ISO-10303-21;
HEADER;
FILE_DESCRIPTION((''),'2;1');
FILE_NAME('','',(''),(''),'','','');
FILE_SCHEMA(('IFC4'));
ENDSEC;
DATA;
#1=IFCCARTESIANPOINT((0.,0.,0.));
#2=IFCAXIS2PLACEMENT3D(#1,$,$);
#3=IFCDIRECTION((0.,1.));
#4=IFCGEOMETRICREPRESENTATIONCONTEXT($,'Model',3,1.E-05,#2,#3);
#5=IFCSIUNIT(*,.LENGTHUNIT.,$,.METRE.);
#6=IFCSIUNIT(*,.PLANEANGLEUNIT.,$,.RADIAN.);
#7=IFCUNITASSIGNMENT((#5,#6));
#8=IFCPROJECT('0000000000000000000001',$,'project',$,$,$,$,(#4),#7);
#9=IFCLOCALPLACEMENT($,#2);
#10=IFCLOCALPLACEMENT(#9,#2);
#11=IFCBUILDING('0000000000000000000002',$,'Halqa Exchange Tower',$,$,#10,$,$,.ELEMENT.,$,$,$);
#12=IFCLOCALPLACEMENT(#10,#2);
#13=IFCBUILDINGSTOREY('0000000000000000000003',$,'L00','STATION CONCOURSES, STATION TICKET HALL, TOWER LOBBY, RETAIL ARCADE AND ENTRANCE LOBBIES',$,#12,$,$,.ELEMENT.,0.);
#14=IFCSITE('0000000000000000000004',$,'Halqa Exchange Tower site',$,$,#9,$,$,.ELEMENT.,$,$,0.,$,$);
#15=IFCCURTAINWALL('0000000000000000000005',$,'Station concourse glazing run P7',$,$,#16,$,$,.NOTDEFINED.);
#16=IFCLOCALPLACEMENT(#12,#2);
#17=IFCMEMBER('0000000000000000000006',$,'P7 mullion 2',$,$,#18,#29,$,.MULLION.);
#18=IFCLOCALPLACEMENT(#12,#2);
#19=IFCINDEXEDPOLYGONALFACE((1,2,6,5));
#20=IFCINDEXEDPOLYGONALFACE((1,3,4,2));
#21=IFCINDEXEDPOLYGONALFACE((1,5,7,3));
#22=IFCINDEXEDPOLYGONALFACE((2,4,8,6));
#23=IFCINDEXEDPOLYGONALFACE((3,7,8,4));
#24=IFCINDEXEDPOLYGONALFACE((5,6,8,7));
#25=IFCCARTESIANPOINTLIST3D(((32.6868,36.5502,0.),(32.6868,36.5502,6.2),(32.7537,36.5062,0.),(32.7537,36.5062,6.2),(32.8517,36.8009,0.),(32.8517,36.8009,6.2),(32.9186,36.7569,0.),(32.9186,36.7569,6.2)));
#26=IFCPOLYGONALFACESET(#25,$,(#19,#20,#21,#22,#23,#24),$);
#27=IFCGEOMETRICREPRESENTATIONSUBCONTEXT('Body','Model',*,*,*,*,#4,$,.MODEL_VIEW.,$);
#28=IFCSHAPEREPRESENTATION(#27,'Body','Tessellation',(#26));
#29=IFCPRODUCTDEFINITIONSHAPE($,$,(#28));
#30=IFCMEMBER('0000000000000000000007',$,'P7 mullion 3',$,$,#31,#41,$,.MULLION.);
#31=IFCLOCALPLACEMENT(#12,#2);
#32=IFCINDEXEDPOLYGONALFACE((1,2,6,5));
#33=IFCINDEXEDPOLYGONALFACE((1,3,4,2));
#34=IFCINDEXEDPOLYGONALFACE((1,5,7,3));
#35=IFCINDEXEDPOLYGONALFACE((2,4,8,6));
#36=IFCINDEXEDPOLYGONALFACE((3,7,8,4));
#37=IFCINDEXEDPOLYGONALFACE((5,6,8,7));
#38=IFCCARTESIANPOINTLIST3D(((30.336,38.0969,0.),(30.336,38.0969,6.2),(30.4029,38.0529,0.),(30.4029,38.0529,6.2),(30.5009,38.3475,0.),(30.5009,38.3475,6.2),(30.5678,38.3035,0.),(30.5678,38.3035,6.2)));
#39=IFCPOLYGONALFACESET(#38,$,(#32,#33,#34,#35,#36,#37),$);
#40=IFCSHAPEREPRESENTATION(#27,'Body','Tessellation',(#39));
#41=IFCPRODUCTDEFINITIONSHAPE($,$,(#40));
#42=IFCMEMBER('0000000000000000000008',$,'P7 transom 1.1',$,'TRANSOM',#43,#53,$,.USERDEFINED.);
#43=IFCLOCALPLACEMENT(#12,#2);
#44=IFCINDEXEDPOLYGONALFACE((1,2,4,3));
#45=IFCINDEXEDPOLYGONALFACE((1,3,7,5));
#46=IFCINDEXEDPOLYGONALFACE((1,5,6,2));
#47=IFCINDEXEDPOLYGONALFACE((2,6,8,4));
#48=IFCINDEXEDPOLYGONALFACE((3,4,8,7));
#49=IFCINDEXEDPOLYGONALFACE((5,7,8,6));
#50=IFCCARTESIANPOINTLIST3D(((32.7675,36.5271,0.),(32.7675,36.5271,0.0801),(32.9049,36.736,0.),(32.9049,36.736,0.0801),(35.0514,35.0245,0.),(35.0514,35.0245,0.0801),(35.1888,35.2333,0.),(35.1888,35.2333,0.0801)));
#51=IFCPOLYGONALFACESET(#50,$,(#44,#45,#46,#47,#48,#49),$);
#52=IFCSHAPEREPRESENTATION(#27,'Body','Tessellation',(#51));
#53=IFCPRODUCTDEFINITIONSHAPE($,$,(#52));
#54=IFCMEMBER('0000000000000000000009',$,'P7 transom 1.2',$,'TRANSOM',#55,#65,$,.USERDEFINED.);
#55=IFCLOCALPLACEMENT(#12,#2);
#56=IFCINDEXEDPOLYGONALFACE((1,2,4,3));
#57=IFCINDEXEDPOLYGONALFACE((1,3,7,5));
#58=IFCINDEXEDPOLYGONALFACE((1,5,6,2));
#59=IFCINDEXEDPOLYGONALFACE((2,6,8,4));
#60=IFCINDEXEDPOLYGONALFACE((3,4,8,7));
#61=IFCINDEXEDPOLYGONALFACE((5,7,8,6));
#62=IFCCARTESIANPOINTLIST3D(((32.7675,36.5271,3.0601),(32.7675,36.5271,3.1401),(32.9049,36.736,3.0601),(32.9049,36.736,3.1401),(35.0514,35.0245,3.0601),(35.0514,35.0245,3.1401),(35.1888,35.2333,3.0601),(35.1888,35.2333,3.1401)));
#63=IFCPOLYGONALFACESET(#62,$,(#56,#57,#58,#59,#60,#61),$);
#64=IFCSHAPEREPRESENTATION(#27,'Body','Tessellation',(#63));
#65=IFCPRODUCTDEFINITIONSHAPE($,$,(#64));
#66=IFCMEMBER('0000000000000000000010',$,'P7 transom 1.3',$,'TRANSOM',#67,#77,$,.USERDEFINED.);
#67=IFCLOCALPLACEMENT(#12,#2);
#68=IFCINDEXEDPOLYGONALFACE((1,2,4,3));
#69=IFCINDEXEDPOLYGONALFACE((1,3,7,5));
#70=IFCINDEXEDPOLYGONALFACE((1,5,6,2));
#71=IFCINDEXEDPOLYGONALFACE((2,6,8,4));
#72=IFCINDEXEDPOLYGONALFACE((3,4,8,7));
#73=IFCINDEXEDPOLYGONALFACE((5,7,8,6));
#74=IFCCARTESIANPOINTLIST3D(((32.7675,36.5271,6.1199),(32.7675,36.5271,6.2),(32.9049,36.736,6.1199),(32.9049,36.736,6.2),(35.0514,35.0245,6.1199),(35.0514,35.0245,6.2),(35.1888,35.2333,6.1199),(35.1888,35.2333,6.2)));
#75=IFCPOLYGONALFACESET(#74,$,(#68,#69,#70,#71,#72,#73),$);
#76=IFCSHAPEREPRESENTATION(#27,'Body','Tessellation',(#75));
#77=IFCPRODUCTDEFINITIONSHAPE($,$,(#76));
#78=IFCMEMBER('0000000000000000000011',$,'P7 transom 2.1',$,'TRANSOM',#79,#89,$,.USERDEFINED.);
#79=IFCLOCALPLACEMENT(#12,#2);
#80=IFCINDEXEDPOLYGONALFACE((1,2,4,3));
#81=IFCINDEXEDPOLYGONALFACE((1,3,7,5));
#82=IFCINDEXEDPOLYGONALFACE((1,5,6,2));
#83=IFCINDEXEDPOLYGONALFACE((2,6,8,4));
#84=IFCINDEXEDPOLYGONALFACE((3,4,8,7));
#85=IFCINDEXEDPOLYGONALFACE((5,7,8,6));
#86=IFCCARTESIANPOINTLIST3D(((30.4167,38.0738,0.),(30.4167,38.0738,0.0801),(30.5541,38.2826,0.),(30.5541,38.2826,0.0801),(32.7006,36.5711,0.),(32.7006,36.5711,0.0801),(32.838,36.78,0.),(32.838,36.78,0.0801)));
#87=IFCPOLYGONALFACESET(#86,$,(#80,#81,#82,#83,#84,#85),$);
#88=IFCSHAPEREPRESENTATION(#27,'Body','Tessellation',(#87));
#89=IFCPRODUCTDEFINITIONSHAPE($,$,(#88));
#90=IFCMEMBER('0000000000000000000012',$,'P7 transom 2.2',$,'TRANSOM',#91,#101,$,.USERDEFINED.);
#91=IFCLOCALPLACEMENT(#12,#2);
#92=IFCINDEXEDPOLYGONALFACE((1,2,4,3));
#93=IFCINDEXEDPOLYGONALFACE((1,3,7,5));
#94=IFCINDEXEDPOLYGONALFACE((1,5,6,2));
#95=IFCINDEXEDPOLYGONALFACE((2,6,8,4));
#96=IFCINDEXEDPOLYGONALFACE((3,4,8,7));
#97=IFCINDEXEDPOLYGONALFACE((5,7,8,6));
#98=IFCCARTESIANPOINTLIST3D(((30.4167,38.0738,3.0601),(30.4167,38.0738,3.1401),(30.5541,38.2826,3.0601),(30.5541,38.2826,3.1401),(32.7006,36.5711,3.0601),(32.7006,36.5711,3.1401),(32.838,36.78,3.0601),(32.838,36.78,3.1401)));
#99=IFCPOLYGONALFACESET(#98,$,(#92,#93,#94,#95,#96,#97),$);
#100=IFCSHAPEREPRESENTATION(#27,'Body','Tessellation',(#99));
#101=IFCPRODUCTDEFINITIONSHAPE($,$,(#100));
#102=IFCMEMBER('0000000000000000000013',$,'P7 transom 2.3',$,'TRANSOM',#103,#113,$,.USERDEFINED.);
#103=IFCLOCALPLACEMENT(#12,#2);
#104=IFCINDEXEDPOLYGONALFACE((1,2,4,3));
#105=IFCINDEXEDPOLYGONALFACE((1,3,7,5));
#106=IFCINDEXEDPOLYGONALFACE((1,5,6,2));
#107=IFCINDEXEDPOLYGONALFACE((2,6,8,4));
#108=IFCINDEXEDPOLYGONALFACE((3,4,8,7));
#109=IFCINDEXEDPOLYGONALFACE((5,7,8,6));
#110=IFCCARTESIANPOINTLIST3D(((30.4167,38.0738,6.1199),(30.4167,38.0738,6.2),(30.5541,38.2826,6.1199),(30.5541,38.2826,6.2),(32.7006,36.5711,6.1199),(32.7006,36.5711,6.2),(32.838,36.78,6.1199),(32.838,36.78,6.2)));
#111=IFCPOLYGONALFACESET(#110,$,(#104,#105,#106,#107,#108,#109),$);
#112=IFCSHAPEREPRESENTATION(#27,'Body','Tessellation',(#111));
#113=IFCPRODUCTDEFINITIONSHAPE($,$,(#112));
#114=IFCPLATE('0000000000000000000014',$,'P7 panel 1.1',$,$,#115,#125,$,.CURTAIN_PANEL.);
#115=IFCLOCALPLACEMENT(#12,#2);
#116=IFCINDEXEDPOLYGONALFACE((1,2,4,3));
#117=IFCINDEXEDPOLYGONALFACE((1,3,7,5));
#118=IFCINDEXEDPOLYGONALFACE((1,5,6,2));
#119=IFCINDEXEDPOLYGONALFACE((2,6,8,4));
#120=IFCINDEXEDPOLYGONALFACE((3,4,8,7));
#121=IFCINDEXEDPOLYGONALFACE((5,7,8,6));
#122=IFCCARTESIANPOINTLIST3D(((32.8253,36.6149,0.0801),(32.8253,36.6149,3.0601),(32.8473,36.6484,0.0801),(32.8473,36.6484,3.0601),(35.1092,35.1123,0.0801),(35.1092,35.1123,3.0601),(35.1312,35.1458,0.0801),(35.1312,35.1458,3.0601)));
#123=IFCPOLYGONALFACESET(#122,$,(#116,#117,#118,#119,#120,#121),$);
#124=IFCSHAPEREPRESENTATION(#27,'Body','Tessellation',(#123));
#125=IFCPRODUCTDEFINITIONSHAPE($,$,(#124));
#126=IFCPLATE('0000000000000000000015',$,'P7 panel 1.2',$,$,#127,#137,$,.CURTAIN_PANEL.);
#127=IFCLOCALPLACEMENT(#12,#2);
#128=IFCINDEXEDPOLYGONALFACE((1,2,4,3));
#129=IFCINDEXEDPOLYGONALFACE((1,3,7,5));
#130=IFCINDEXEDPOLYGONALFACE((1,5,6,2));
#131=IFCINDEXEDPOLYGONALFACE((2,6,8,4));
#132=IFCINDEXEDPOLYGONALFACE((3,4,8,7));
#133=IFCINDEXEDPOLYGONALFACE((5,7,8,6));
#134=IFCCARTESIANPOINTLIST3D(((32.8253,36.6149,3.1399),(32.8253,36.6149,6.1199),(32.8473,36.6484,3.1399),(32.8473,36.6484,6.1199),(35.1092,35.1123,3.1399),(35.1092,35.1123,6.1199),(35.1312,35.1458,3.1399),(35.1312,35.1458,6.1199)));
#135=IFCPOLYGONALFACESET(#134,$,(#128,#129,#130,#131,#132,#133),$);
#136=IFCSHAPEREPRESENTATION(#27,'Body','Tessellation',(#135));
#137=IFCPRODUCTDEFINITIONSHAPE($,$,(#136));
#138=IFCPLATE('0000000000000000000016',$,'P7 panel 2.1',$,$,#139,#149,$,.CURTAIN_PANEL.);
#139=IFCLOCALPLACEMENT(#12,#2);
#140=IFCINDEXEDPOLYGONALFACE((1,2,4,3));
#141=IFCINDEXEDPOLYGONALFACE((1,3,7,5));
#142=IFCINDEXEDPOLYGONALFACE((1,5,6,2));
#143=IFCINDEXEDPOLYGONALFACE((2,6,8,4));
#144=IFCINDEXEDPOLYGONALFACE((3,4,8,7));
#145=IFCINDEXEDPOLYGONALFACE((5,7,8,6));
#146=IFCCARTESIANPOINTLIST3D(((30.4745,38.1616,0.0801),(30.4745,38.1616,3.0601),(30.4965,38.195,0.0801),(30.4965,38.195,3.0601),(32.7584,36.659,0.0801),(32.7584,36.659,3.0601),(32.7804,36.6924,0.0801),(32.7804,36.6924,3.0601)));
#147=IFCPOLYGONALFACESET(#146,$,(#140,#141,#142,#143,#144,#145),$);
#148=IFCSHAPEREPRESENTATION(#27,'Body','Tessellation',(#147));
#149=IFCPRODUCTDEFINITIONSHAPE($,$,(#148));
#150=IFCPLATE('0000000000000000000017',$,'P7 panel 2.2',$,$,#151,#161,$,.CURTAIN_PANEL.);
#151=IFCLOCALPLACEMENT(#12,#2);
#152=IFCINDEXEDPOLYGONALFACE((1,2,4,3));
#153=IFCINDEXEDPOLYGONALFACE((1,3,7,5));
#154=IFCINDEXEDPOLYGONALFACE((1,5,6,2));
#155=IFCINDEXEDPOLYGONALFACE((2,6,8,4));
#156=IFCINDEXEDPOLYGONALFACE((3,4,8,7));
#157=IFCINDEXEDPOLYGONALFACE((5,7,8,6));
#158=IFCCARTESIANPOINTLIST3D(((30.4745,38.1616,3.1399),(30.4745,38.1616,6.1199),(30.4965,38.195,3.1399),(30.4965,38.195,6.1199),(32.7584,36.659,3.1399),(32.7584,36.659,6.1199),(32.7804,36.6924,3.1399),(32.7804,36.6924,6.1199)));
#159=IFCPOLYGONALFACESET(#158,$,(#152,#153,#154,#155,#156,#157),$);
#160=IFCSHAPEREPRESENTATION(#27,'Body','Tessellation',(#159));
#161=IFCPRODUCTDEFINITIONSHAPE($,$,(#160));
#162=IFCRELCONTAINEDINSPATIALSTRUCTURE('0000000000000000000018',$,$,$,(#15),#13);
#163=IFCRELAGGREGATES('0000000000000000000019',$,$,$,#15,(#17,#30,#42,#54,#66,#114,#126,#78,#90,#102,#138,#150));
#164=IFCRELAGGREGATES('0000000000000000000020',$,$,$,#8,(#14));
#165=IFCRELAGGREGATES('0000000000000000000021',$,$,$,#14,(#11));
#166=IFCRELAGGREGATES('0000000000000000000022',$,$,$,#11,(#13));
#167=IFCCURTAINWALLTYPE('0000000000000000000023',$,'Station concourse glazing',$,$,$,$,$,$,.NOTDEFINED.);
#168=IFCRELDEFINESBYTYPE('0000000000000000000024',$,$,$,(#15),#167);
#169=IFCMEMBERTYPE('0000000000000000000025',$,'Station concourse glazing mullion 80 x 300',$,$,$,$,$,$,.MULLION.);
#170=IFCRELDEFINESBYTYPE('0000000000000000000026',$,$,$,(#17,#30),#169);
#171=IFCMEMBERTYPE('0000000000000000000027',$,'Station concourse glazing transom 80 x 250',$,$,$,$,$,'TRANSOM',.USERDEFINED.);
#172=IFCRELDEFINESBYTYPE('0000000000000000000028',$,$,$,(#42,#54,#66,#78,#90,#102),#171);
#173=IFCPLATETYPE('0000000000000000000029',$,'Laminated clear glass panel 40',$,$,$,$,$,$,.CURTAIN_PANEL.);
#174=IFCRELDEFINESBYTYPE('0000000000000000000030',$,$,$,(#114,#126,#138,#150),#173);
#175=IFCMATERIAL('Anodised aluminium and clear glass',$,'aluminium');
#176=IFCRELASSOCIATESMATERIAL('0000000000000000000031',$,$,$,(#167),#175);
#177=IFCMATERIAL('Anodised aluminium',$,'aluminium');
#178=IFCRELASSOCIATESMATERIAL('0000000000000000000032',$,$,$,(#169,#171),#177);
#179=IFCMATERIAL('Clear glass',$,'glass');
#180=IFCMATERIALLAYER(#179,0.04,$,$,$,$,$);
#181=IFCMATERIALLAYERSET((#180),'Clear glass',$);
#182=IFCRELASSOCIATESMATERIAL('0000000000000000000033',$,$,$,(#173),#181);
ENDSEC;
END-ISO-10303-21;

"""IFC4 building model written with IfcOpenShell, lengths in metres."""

from ifc_helpers import new_model, si_unit, direction, frame, origin, origin_2d, place, context, subcontext, project, spatial, rectangle, extrude, material, layer, layer_set, material_profile, profile_set, type_object, element, aggregate, save


model = new_model("IFC4")

# Units and contexts
model_context = context("Model", 3, precision=1e-05, world=origin(), true_north=direction((0.0, 1.0)))
body_context = subcontext(model_context, "Body", "Model", "MODEL_VIEW")
ifc_project = project(units=[si_unit("LENGTHUNIT", "METRE"), si_unit("PLANEANGLEUNIT", "RADIAN")], contexts=[model_context])

# Site, building, storey
site_placement = place(None, origin())
site = spatial("IfcSite", under=ifc_project, at=site_placement, Name="Halqa Exchange Tower site", CompositionType="ELEMENT", RefElevation=0.0)
building_placement = place(site_placement, origin())
building = spatial("IfcBuilding", under=site, at=building_placement, Name="Halqa Exchange Tower", CompositionType="ELEMENT")
storey_placement = place(building_placement, origin())
storey = spatial("IfcBuildingStorey", under=building, at=storey_placement, Name="L00", Description="STATION CONCOURSES, STATION TICKET HALL, TOWER LOBBY, RETAIL ARCADE AND ENTRANCE LOBBIES", CompositionType="ELEMENT", Elevation=0.0)

# Curtain wall, members, plates
ifc_material_1 = material(Name="Anodised aluminium and clear glass", Category="aluminium")
curtain_wall_type = type_object("IfcCurtainWallType", Name="Station concourse glazing", PredefinedType="NOTDEFINED", material=ifc_material_1)
curtain_wall_placement = place(storey_placement, origin())
curtain_wall = element("IfcCurtainWall", 1, at=curtain_wall_placement, inside=storey, type_object=curtain_wall_type, Name="Station concourse glazing run P7", PredefinedType="NOTDEFINED")
ifc_material_2 = material(Name="Anodised aluminium", Category="aluminium")
ifc_material_profile_1 = material_profile(ifc_material_2, rectangle(XDim=0.3, YDim=0.0801, at=origin_2d()), Name="AL 80x300")
ifc_profile_set_1 = profile_set([ifc_material_profile_1], Name="Anodised aluminium")
member_type_1 = type_object("IfcMemberType", Name="Station concourse glazing mullion 80 x 300", PredefinedType="MULLION", material=ifc_profile_set_1)
member_1_placement = place(storey_placement, frame((32.8027, 36.6536, 0.0), z_axis=(0.0, 0.0, 1.0), x_axis=(-0.54962, -0.835415, 0.0)))
member_1 = element("IfcMember", 2, at=member_1_placement, type_object=member_type_1, Name="P7 mullion 2", PredefinedType="MULLION", context=body_context, shape_type="SweptSolid", body=[
    extrude(rectangle(XDim=0.3, YDim=0.0801, at=origin_2d()), origin(), (0.0, 0.0, 1.0), 6.2),
])
member_2_placement = place(storey_placement, frame((30.4519, 38.2002, 0.0), z_axis=(0.0, 0.0, 1.0), x_axis=(-0.54962, -0.835415, 0.0)))
member_2 = element("IfcMember", 3, at=member_2_placement, type_object=member_type_1, Name="P7 mullion 3", PredefinedType="MULLION", context=body_context, shape_type="SweptSolid", body=[
    extrude(rectangle(XDim=0.3, YDim=0.0801, at=origin_2d()), origin(), (0.0, 0.0, 1.0), 6.2),
])
ifc_material_profile_2 = material_profile(ifc_material_2, rectangle(XDim=0.25, YDim=0.0801, at=origin_2d()), Name="AL 80x250")
ifc_profile_set_2 = profile_set([ifc_material_profile_2], Name="Anodised aluminium")
member_type_2 = type_object("IfcMemberType", Name="Station concourse glazing transom 80 x 250", ElementType="TRANSOM", PredefinedType="USERDEFINED", material=ifc_profile_set_2)
member_3_placement = place(storey_placement, frame((35.1201, 35.1289, 0.04), z_axis=(-0.835401, 0.549641, 0.0), x_axis=(-0.549641, -0.835401, 0.0)))
member_3 = element("IfcMember", 4, at=member_3_placement, type_object=member_type_2, Name="P7 transom 1.1", ObjectType="TRANSOM", PredefinedType="USERDEFINED", context=body_context, shape_type="SweptSolid", body=[
    extrude(rectangle(XDim=0.25, YDim=0.0801, at=origin_2d()), origin(), (0.0, 0.0, 1.0), 2.7339),
])
member_4_placement = place(storey_placement, frame((35.1201, 35.1289, 3.1001), z_axis=(-0.835401, 0.549641, 0.0), x_axis=(-0.549641, -0.835401, 0.0)))
member_4 = element("IfcMember", 5, at=member_4_placement, type_object=member_type_2, Name="P7 transom 1.2", ObjectType="TRANSOM", PredefinedType="USERDEFINED", context=body_context, shape_type="SweptSolid", body=[
    extrude(rectangle(XDim=0.25, YDim=0.0801, at=origin_2d()), origin(), (0.0, 0.0, 1.0), 2.7339),
])
member_5_placement = place(storey_placement, frame((35.1201, 35.1289, 6.1599), z_axis=(-0.835401, 0.549641, 0.0), x_axis=(-0.549641, -0.835401, 0.0)))
member_5 = element("IfcMember", 6, at=member_5_placement, type_object=member_type_2, Name="P7 transom 1.3", ObjectType="TRANSOM", PredefinedType="USERDEFINED", context=body_context, shape_type="SweptSolid", body=[
    extrude(rectangle(XDim=0.25, YDim=0.0801, at=origin_2d()), origin(), (0.0, 0.0, 1.0), 2.7339),
])
member_6_placement = place(storey_placement, frame((32.7693, 36.6755, 0.04), z_axis=(-0.835401, 0.549641, 0.0), x_axis=(-0.549641, -0.835401, 0.0)))
member_6 = element("IfcMember", 7, at=member_6_placement, type_object=member_type_2, Name="P7 transom 2.1", ObjectType="TRANSOM", PredefinedType="USERDEFINED", context=body_context, shape_type="SweptSolid", body=[
    extrude(rectangle(XDim=0.25, YDim=0.0801, at=origin_2d()), origin(), (0.0, 0.0, 1.0), 2.7339),
])
member_7_placement = place(storey_placement, frame((32.7693, 36.6755, 3.1001), z_axis=(-0.835401, 0.549641, 0.0), x_axis=(-0.549641, -0.835401, 0.0)))
member_7 = element("IfcMember", 8, at=member_7_placement, type_object=member_type_2, Name="P7 transom 2.2", ObjectType="TRANSOM", PredefinedType="USERDEFINED", context=body_context, shape_type="SweptSolid", body=[
    extrude(rectangle(XDim=0.25, YDim=0.0801, at=origin_2d()), origin(), (0.0, 0.0, 1.0), 2.7339),
])
member_8_placement = place(storey_placement, frame((32.7693, 36.6755, 6.1599), z_axis=(-0.835401, 0.549641, 0.0), x_axis=(-0.549641, -0.835401, 0.0)))
member_8 = element("IfcMember", 9, at=member_8_placement, type_object=member_type_2, Name="P7 transom 2.3", ObjectType="TRANSOM", PredefinedType="USERDEFINED", context=body_context, shape_type="SweptSolid", body=[
    extrude(rectangle(XDim=0.25, YDim=0.0801, at=origin_2d()), origin(), (0.0, 0.0, 1.0), 2.7339),
])
ifc_material_3 = material(Name="Clear glass", Category="glass")
ifc_layer_1 = layer(ifc_material_3, 0.04)
ifc_layer_set_1 = layer_set([ifc_layer_1], Name="Clear glass")
plate_type = type_object("IfcPlateType", Name="Laminated clear glass panel 40", PredefinedType="CURTAIN_PANEL", material=ifc_layer_set_1)
plate_1_placement = place(storey_placement, frame((33.9783, 35.8804, 0.0801), z_axis=(0.0, 0.0, 1.0), x_axis=(-0.835415, 0.54962, 0.0)))
plate_1 = element("IfcPlate", 10, at=plate_1_placement, type_object=plate_type, Name="P7 panel 1.1", PredefinedType="CURTAIN_PANEL", context=body_context, shape_type="SweptSolid", body=[
    extrude(rectangle(XDim=2.7339, YDim=0.04, at=origin_2d()), origin(), (0.0, 0.0, 1.0), 2.98),
])
plate_2_placement = place(storey_placement, frame((33.9783, 35.8804, 3.1399), z_axis=(0.0, 0.0, 1.0), x_axis=(-0.835415, 0.54962, 0.0)))
plate_2 = element("IfcPlate", 11, at=plate_2_placement, type_object=plate_type, Name="P7 panel 1.2", PredefinedType="CURTAIN_PANEL", context=body_context, shape_type="SweptSolid", body=[
    extrude(rectangle(XDim=2.7339, YDim=0.04, at=origin_2d()), origin(), (0.0, 0.0, 1.0), 2.98),
])
plate_3_placement = place(storey_placement, frame((31.6274, 37.427, 0.0801), z_axis=(0.0, 0.0, 1.0), x_axis=(-0.835415, 0.54962, 0.0)))
plate_3 = element("IfcPlate", 12, at=plate_3_placement, type_object=plate_type, Name="P7 panel 2.1", PredefinedType="CURTAIN_PANEL", context=body_context, shape_type="SweptSolid", body=[
    extrude(rectangle(XDim=2.7339, YDim=0.04, at=origin_2d()), origin(), (0.0, 0.0, 1.0), 2.98),
])
plate_4_placement = place(storey_placement, frame((31.6274, 37.427, 3.1399), z_axis=(0.0, 0.0, 1.0), x_axis=(-0.835415, 0.54962, 0.0)))
plate_4 = element("IfcPlate", 13, at=plate_4_placement, type_object=plate_type, Name="P7 panel 2.2", PredefinedType="CURTAIN_PANEL", context=body_context, shape_type="SweptSolid", body=[
    extrude(rectangle(XDim=2.7339, YDim=0.04, at=origin_2d()), origin(), (0.0, 0.0, 1.0), 2.98),
])
aggregate(curtain_wall, [member_1, member_2, member_3, member_4, member_5, plate_1, plate_2, member_6, member_7, member_8, plate_3, plate_4])

save(model, "model.ifc")
